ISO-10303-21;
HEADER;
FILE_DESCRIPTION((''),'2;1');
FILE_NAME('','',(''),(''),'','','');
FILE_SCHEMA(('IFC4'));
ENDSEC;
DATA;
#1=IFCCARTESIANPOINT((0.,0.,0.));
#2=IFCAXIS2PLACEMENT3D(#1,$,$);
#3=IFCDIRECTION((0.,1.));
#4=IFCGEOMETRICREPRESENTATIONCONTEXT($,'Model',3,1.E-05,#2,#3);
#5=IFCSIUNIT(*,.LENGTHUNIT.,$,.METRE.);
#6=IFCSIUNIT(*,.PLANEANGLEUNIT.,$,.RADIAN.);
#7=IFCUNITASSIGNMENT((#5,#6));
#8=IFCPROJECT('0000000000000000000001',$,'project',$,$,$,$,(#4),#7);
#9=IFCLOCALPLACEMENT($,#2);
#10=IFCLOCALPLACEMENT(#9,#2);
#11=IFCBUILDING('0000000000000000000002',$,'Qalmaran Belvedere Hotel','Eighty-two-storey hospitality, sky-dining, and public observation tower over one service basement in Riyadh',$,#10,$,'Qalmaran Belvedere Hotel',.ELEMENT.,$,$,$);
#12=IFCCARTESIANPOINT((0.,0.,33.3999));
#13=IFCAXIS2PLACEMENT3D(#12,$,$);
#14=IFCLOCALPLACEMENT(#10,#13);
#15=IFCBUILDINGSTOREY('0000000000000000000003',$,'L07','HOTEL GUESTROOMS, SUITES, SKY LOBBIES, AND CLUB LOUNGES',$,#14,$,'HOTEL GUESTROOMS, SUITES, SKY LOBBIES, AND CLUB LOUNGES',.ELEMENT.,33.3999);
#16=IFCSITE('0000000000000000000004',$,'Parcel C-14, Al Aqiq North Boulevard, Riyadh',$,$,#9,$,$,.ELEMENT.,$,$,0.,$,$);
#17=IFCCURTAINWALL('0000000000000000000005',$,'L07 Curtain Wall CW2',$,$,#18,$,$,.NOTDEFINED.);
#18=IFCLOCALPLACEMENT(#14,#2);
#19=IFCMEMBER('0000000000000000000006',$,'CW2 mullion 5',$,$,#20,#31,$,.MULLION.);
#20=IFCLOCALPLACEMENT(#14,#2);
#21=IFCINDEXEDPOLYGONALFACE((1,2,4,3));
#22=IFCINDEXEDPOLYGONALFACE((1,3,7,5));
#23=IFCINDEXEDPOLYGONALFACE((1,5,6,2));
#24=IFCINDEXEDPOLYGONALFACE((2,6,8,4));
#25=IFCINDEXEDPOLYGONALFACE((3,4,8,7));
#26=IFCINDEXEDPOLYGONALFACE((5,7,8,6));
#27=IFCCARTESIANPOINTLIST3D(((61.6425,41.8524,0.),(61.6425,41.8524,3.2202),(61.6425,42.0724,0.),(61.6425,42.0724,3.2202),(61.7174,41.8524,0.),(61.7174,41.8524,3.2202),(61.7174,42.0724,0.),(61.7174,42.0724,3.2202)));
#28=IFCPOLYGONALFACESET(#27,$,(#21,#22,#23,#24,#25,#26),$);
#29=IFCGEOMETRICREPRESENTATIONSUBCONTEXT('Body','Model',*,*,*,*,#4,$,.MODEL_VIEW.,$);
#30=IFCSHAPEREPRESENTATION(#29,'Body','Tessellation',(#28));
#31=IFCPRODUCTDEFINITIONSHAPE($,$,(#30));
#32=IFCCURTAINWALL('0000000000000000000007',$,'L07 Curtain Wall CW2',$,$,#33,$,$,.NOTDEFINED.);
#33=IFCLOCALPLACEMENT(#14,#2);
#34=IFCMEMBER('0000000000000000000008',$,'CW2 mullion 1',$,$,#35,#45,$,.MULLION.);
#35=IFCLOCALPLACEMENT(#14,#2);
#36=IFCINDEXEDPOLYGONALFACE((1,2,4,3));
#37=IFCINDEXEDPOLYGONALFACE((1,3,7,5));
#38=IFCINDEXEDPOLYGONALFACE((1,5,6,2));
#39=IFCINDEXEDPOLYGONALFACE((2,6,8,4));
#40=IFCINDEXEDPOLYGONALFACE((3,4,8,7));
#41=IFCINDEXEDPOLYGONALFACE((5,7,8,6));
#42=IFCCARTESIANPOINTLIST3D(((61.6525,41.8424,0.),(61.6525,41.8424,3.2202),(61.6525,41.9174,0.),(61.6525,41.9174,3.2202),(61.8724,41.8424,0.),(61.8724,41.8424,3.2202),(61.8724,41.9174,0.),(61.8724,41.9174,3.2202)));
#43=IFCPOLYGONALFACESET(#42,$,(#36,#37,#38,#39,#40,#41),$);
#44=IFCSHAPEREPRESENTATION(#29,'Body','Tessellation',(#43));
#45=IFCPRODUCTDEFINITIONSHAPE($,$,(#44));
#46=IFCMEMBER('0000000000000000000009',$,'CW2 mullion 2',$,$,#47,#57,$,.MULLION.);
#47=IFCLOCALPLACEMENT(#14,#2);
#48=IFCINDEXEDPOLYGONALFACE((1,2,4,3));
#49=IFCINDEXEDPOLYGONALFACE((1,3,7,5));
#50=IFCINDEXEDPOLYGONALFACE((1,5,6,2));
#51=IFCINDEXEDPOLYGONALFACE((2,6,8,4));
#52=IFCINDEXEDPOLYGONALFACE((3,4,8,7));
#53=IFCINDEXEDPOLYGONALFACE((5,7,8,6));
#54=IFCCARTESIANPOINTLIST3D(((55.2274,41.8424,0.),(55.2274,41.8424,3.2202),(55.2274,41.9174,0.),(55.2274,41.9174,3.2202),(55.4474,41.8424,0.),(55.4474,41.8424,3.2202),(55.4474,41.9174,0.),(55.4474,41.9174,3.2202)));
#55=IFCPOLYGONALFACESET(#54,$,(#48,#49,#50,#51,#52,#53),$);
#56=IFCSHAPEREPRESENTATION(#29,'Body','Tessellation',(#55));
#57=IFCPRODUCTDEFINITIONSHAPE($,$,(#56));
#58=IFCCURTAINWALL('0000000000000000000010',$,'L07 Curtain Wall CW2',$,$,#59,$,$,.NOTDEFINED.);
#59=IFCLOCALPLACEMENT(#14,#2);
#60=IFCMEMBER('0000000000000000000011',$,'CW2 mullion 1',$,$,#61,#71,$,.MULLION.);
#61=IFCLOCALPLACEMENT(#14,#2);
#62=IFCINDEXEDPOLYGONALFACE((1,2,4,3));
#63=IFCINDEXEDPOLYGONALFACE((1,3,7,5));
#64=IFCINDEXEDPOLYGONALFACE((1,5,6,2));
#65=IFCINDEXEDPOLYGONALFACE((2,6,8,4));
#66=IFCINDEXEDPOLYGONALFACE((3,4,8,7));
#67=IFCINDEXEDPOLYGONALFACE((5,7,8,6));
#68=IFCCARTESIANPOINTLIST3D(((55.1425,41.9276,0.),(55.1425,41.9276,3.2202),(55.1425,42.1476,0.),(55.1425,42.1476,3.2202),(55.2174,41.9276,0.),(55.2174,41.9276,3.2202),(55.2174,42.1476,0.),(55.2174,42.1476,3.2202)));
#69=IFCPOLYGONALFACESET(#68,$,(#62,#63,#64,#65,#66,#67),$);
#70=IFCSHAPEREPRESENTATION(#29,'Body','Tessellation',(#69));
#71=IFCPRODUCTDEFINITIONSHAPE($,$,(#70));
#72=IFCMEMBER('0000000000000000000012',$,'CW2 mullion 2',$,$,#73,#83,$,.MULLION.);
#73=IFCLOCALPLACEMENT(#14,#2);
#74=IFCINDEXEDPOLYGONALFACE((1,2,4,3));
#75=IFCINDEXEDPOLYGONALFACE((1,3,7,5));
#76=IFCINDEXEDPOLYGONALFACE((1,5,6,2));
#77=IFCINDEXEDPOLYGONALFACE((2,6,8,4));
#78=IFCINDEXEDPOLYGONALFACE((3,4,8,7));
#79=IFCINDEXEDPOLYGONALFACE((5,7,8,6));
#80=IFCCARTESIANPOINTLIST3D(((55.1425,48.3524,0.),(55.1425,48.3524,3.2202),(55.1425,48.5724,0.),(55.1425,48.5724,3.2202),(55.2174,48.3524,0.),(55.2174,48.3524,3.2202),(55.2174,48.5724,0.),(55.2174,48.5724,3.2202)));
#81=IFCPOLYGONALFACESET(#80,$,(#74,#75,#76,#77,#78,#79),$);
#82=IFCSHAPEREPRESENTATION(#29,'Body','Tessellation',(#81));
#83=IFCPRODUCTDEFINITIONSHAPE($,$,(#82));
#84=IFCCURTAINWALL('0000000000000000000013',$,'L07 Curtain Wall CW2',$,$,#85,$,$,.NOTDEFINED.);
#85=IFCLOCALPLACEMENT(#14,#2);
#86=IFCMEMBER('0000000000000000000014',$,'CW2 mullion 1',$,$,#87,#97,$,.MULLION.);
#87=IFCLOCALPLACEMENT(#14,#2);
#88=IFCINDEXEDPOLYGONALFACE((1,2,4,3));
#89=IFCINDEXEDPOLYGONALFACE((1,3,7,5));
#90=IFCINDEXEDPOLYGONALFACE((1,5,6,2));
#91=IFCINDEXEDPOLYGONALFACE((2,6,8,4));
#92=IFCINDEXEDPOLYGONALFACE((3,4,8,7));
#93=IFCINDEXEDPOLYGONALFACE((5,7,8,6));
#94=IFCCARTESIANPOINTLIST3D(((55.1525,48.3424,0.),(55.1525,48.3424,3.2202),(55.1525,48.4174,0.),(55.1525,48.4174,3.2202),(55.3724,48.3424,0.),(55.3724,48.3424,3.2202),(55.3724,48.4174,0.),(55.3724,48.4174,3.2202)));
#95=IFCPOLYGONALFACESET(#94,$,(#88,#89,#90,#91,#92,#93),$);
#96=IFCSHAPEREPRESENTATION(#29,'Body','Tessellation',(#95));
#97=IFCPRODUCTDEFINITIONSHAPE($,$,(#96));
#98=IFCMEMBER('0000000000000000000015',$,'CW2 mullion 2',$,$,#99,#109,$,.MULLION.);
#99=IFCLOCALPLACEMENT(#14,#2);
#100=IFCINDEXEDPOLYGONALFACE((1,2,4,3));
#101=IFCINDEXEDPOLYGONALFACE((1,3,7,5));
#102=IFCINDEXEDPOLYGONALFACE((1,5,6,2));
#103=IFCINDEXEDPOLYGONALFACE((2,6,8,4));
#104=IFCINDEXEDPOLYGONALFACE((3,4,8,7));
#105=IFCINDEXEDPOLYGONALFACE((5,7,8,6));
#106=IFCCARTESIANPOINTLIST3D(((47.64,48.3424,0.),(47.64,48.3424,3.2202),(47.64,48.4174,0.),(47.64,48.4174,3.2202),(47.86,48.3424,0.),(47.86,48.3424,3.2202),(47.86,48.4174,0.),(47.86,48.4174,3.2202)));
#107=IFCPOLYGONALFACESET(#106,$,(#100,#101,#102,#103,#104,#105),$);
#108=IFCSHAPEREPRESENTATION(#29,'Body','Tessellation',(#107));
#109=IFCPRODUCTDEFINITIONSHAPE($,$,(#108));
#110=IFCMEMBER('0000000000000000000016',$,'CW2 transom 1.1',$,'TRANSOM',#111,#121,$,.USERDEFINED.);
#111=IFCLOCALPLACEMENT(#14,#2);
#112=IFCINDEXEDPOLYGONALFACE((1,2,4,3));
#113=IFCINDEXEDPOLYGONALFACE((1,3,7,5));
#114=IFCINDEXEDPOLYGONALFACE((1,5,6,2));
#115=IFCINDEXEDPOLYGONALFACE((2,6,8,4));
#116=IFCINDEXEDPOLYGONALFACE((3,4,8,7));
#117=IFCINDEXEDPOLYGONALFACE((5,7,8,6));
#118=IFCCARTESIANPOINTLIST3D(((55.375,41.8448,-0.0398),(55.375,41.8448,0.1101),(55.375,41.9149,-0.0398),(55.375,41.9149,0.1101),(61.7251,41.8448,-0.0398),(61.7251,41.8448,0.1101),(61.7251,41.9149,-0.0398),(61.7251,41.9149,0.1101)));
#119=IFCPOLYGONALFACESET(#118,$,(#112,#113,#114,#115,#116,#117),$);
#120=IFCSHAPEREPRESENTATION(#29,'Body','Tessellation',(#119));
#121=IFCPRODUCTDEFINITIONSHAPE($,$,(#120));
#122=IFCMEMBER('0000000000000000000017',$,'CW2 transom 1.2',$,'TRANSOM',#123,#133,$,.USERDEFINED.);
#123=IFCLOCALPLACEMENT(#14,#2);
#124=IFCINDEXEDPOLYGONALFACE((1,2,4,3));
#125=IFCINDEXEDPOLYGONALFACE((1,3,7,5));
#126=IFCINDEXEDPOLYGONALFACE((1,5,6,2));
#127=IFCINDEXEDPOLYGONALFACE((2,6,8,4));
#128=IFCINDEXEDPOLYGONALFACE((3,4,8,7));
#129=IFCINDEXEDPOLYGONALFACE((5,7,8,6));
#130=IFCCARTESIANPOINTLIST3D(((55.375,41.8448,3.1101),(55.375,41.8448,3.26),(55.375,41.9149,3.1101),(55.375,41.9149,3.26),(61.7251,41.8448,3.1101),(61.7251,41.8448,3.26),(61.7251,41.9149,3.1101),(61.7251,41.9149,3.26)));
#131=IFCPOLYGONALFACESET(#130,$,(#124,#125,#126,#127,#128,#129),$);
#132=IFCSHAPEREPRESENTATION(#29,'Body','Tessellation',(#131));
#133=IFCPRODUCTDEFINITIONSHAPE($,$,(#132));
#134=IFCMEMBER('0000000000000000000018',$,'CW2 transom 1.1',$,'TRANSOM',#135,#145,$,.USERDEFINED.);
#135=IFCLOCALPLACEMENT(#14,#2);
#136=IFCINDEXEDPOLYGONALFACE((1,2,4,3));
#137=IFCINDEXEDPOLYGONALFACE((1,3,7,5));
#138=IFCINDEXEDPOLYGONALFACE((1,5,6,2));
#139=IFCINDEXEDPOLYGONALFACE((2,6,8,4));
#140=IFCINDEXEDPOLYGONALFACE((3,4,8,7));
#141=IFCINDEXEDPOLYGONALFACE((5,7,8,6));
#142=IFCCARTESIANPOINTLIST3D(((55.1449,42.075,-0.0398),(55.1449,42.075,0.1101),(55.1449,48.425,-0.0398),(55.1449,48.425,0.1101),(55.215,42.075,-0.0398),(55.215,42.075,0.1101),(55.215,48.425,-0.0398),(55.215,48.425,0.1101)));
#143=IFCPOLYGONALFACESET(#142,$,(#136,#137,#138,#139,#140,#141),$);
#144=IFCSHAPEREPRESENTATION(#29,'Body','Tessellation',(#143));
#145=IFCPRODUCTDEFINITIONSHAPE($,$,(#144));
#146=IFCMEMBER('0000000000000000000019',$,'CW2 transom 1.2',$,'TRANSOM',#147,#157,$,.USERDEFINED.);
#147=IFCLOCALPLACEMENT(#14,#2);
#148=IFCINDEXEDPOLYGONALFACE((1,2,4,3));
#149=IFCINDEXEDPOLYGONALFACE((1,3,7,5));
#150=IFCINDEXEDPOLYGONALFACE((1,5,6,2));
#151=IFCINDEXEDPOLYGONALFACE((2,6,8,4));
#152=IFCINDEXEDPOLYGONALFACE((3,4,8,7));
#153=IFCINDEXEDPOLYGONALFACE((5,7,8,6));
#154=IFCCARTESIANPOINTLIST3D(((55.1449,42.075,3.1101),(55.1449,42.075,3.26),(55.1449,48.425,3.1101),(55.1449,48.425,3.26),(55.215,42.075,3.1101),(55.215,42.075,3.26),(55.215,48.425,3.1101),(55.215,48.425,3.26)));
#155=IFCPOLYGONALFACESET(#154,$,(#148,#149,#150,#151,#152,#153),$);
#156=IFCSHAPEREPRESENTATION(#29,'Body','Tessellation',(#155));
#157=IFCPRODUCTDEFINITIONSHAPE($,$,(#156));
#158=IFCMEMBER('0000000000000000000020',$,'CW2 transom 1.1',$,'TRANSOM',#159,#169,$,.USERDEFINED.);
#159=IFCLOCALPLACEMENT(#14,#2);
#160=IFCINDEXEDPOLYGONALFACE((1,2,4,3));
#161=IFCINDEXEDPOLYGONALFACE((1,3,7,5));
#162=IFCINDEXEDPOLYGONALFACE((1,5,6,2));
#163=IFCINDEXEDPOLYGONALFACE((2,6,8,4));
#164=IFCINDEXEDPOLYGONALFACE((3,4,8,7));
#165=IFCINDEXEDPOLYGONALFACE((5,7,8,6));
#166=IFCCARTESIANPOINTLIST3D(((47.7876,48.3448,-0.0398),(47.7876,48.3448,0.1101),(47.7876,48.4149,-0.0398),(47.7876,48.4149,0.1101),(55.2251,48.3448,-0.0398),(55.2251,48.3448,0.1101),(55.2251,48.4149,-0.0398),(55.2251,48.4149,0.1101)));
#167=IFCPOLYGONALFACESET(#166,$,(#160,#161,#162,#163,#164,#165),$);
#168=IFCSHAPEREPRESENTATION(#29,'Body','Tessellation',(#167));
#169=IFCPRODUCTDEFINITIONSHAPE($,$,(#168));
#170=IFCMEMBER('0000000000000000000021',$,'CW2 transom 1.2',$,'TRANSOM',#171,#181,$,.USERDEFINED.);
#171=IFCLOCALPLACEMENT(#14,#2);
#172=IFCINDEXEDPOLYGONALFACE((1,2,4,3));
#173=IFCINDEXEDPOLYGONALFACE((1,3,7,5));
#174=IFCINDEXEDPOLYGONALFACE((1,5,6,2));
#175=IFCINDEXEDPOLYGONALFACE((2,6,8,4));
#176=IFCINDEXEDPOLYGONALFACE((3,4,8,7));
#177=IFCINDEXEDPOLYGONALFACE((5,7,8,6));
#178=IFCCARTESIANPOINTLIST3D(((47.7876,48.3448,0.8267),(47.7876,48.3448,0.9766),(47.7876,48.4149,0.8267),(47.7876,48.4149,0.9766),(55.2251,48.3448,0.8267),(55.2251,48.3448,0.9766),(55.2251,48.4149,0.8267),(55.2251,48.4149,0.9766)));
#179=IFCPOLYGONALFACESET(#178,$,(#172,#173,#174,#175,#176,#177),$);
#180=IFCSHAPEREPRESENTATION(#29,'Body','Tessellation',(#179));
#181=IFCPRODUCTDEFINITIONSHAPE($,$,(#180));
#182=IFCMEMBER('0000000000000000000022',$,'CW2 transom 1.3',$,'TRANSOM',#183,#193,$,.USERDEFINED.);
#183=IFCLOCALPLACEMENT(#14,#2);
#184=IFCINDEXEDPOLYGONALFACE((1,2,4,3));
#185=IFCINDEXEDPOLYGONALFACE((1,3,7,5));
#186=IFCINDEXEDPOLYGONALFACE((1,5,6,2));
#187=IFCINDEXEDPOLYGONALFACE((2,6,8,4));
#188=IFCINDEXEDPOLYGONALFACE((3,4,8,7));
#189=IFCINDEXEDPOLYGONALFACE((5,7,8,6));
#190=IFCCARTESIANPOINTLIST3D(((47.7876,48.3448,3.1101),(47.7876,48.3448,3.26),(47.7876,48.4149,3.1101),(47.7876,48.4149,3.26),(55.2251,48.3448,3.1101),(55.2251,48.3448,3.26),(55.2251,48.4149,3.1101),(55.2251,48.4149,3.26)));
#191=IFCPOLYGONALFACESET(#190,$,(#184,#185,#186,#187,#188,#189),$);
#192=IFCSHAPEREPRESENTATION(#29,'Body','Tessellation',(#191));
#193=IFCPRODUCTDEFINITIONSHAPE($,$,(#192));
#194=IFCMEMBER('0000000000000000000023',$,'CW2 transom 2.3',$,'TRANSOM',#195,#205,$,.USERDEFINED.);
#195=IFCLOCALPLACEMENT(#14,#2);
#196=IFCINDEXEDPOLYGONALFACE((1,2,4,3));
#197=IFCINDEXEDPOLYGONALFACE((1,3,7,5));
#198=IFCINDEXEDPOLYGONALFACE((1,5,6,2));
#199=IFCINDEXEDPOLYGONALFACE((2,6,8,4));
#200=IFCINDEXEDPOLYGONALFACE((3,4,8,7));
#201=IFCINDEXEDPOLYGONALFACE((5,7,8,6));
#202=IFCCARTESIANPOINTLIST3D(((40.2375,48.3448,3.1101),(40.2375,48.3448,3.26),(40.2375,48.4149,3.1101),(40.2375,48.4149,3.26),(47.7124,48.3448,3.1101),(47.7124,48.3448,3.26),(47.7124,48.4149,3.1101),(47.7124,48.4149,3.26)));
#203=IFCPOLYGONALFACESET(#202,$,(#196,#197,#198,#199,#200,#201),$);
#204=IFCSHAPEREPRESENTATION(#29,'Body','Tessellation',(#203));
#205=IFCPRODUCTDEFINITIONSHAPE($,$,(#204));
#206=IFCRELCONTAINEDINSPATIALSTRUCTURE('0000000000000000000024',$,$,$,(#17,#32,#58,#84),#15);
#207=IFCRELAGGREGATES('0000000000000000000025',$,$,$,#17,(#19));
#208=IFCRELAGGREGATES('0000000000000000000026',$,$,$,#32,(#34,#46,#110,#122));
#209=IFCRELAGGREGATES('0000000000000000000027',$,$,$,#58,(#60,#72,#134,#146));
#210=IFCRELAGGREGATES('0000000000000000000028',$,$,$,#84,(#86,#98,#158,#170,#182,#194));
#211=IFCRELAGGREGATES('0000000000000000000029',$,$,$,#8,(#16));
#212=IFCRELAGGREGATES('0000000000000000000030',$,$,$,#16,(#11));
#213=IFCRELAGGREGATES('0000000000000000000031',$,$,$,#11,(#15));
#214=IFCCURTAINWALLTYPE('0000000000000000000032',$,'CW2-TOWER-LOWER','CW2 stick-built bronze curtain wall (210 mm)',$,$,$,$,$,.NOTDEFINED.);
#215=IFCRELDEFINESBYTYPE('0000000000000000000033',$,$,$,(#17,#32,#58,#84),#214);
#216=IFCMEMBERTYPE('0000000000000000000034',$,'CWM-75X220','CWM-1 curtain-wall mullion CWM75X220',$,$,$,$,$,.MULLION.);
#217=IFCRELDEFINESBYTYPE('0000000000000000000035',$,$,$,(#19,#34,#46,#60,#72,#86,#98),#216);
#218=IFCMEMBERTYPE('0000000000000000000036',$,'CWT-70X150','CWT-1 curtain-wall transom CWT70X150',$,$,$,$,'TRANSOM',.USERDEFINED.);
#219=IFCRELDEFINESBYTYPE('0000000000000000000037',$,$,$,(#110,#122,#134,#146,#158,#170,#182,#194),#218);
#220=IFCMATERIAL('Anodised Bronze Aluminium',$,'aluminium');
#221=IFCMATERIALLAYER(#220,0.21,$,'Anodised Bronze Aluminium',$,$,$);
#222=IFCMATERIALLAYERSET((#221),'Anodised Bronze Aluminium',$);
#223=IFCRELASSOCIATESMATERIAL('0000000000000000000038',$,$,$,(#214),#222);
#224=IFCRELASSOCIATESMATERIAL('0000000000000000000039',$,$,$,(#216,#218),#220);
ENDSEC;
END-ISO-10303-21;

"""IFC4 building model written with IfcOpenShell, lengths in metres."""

from ifc_helpers import new_model, si_unit, direction, frame, origin, origin_2d, place, context, subcontext, project, spatial, rectangle, extrude, material, layer, layer_set, material_profile, profile_set, type_object, element, aggregate, save


model = new_model("IFC4")

# Units and contexts
model_context = context("Model", 3, precision=1e-05, world=origin(), true_north=direction((0.0, 1.0)))
body_context = subcontext(model_context, "Body", "Model", "MODEL_VIEW")
ifc_project = project(units=[si_unit("LENGTHUNIT", "METRE"), si_unit("PLANEANGLEUNIT", "RADIAN")], contexts=[model_context])

# Site, building, storey
site_placement = place(None, origin())
site = spatial("IfcSite", under=ifc_project, at=site_placement, Name="Parcel C-14, Al Aqiq North Boulevard, Riyadh", CompositionType="ELEMENT", RefElevation=0.0)
building_placement = place(site_placement, origin())
building = spatial("IfcBuilding", under=site, at=building_placement, Name="Qalmaran Belvedere Hotel", Description="Eighty-two-storey hospitality, sky-dining, and public observation tower over one service basement in Riyadh", LongName="Qalmaran Belvedere Hotel", CompositionType="ELEMENT")
storey_placement = place(building_placement, frame((0.0, 0.0, 33.3999)))
storey = spatial("IfcBuildingStorey", under=building, at=storey_placement, Name="L07", Description="HOTEL GUESTROOMS, SUITES, SKY LOBBIES, AND CLUB LOUNGES", LongName="HOTEL GUESTROOMS, SUITES, SKY LOBBIES, AND CLUB LOUNGES", CompositionType="ELEMENT", Elevation=33.3999)

# Curtain wall, member
ifc_material_1 = material(Name="Anodised Bronze Aluminium", Category="aluminium")
ifc_layer_1 = layer(ifc_material_1, 0.21, Name="Anodised Bronze Aluminium")
ifc_layer_set_1 = layer_set([ifc_layer_1], Name="Anodised Bronze Aluminium")
curtain_wall_type = type_object("IfcCurtainWallType", Name="CW2-TOWER-LOWER", Description="CW2 stick-built bronze curtain wall (210 mm)", PredefinedType="NOTDEFINED", material=ifc_layer_set_1)
curtain_wall_1_placement = place(storey_placement, origin())
curtain_wall_1 = element("IfcCurtainWall", 1, at=curtain_wall_1_placement, inside=storey, type_object=curtain_wall_type, Name="L07 Curtain Wall CW2", PredefinedType="NOTDEFINED")
ifc_material_profile_1 = material_profile(ifc_material_1, rectangle(XDim=0.075, YDim=0.22, at=origin_2d()), Name="CWM75X220")
ifc_profile_set_1 = profile_set([ifc_material_profile_1], Name="Anodised Bronze Aluminium")
member_type_1 = type_object("IfcMemberType", Name="CWM-75X220", Description="CWM-1 curtain-wall mullion CWM75X220", PredefinedType="MULLION", material=ifc_profile_set_1)
member_1_placement = place(storey_placement, frame((61.6799, 41.9624, 0.0), z_axis=(0.0, 0.0, 1.0), x_axis=(-1.0, 0.0, 0.0)))
member_1 = element("IfcMember", 2, at=member_1_placement, type_object=member_type_1, Name="CW2 mullion 5", PredefinedType="MULLION", context=body_context, shape_type="SweptSolid", body=[
    extrude(rectangle(XDim=0.075, YDim=0.22, at=origin_2d()), origin(), (0.0, 0.0, 1.0), 3.2202),
])

# Curtain walls, members
curtain_wall_2_placement = place(storey_placement, origin())
curtain_wall_2 = element("IfcCurtainWall", 3, at=curtain_wall_2_placement, inside=storey, type_object=curtain_wall_type, Name="L07 Curtain Wall CW2", PredefinedType="NOTDEFINED")
member_2_placement = place(storey_placement, frame((61.7625, 41.8799, 0.0), z_axis=(0.0, 0.0, 1.0), x_axis=(0.0, -1.0, 0.0)))
member_2 = element("IfcMember", 4, at=member_2_placement, type_object=member_type_1, Name="CW2 mullion 1", PredefinedType="MULLION", context=body_context, shape_type="SweptSolid", body=[
    extrude(rectangle(XDim=0.075, YDim=0.22, at=origin_2d()), origin(), (0.0, 0.0, 1.0), 3.2202),
])
member_3_placement = place(storey_placement, frame((55.3374, 41.8799, 0.0), z_axis=(0.0, 0.0, 1.0), x_axis=(0.0, -1.0, 0.0)))
member_3 = element("IfcMember", 5, at=member_3_placement, type_object=member_type_1, Name="CW2 mullion 2", PredefinedType="MULLION", context=body_context, shape_type="SweptSolid", body=[
    extrude(rectangle(XDim=0.075, YDim=0.22, at=origin_2d()), origin(), (0.0, 0.0, 1.0), 3.2202),
])
curtain_wall_3_placement = place(storey_placement, origin())
curtain_wall_3 = element("IfcCurtainWall", 6, at=curtain_wall_3_placement, inside=storey, type_object=curtain_wall_type, Name="L07 Curtain Wall CW2", PredefinedType="NOTDEFINED")
member_4_placement = place(storey_placement, frame((55.1799, 42.0376, 0.0), z_axis=(0.0, 0.0, 1.0), x_axis=(-1.0, 0.0, 0.0)))
member_4 = element("IfcMember", 7, at=member_4_placement, type_object=member_type_1, Name="CW2 mullion 1", PredefinedType="MULLION", context=body_context, shape_type="SweptSolid", body=[
    extrude(rectangle(XDim=0.075, YDim=0.22, at=origin_2d()), origin(), (0.0, 0.0, 1.0), 3.2202),
])
member_5_placement = place(storey_placement, frame((55.1799, 48.4624, 0.0), z_axis=(0.0, 0.0, 1.0), x_axis=(-1.0, 0.0, 0.0)))
member_5 = element("IfcMember", 8, at=member_5_placement, type_object=member_type_1, Name="CW2 mullion 2", PredefinedType="MULLION", context=body_context, shape_type="SweptSolid", body=[
    extrude(rectangle(XDim=0.075, YDim=0.22, at=origin_2d()), origin(), (0.0, 0.0, 1.0), 3.2202),
])
curtain_wall_4_placement = place(storey_placement, origin())
curtain_wall_4 = element("IfcCurtainWall", 9, at=curtain_wall_4_placement, inside=storey, type_object=curtain_wall_type, Name="L07 Curtain Wall CW2", PredefinedType="NOTDEFINED")
member_6_placement = place(storey_placement, frame((55.2625, 48.3799, 0.0), z_axis=(0.0, 0.0, 1.0), x_axis=(0.0, -1.0, 0.0)))
member_6 = element("IfcMember", 10, at=member_6_placement, type_object=member_type_1, Name="CW2 mullion 1", PredefinedType="MULLION", context=body_context, shape_type="SweptSolid", body=[
    extrude(rectangle(XDim=0.075, YDim=0.22, at=origin_2d()), origin(), (0.0, 0.0, 1.0), 3.2202),
])
member_7_placement = place(storey_placement, frame((47.75, 48.3799, 0.0), z_axis=(0.0, 0.0, 1.0), x_axis=(0.0, -1.0, 0.0)))
member_7 = element("IfcMember", 11, at=member_7_placement, type_object=member_type_1, Name="CW2 mullion 2", PredefinedType="MULLION", context=body_context, shape_type="SweptSolid", body=[
    extrude(rectangle(XDim=0.075, YDim=0.22, at=origin_2d()), origin(), (0.0, 0.0, 1.0), 3.2202),
])

# Members
ifc_material_profile_2 = material_profile(ifc_material_1, rectangle(XDim=0.0701, YDim=0.1499, at=origin_2d()), Name="CWT70X150")
ifc_profile_set_2 = profile_set([ifc_material_profile_2], Name="Anodised Bronze Aluminium")
member_type_2 = type_object("IfcMemberType", Name="CWT-70X150", Description="CWT-1 curtain-wall transom CWT70X150", ElementType="TRANSOM", PredefinedType="USERDEFINED", material=ifc_profile_set_2)
member_8_placement = place(storey_placement, frame((61.7251, 41.8799, 0.0352), z_axis=(-1.0, 0.0, 0.0), x_axis=(0.0, -1.0, 0.0)))
member_8 = element("IfcMember", 12, at=member_8_placement, type_object=member_type_2, Name="CW2 transom 1.1", ObjectType="TRANSOM", PredefinedType="USERDEFINED", context=body_context, shape_type="SweptSolid", body=[
    extrude(rectangle(XDim=0.0701, YDim=0.1499, at=origin_2d()), origin(), (0.0, 0.0, 1.0), 6.3501),
])
member_9_placement = place(storey_placement, frame((61.7251, 41.8799, 3.1851), z_axis=(-1.0, 0.0, 0.0), x_axis=(0.0, -1.0, 0.0)))
member_9 = element("IfcMember", 13, at=member_9_placement, type_object=member_type_2, Name="CW2 transom 1.2", ObjectType="TRANSOM", PredefinedType="USERDEFINED", context=body_context, shape_type="SweptSolid", body=[
    extrude(rectangle(XDim=0.0701, YDim=0.1499, at=origin_2d()), origin(), (0.0, 0.0, 1.0), 6.3501),
])
member_10_placement = place(storey_placement, frame((55.1799, 42.075, 0.0352), z_axis=(0.0, 1.0, 0.0), x_axis=(-1.0, 0.0, 0.0)))
member_10 = element("IfcMember", 14, at=member_10_placement, type_object=member_type_2, Name="CW2 transom 1.1", ObjectType="TRANSOM", PredefinedType="USERDEFINED", context=body_context, shape_type="SweptSolid", body=[
    extrude(rectangle(XDim=0.0701, YDim=0.1499, at=origin_2d()), origin(), (0.0, 0.0, 1.0), 6.3501),
])
member_11_placement = place(storey_placement, frame((55.1799, 42.075, 3.1851), z_axis=(0.0, 1.0, 0.0), x_axis=(-1.0, 0.0, 0.0)))
member_11 = element("IfcMember", 15, at=member_11_placement, type_object=member_type_2, Name="CW2 transom 1.2", ObjectType="TRANSOM", PredefinedType="USERDEFINED", context=body_context, shape_type="SweptSolid", body=[
    extrude(rectangle(XDim=0.0701, YDim=0.1499, at=origin_2d()), origin(), (0.0, 0.0, 1.0), 6.3501),
])
member_12_placement = place(storey_placement, frame((55.2251, 48.3799, 0.0352), z_axis=(-1.0, 0.0, 0.0), x_axis=(0.0, -1.0, 0.0)))
member_12 = element("IfcMember", 16, at=member_12_placement, type_object=member_type_2, Name="CW2 transom 1.1", ObjectType="TRANSOM", PredefinedType="USERDEFINED", context=body_context, shape_type="SweptSolid", body=[
    extrude(rectangle(XDim=0.0701, YDim=0.1499, at=origin_2d()), origin(), (0.0, 0.0, 1.0), 7.4375),
])
member_13_placement = place(storey_placement, frame((55.2251, 48.3799, 0.9016), z_axis=(-1.0, 0.0, 0.0), x_axis=(0.0, -1.0, 0.0)))
member_13 = element("IfcMember", 17, at=member_13_placement, type_object=member_type_2, Name="CW2 transom 1.2", ObjectType="TRANSOM", PredefinedType="USERDEFINED", context=body_context, shape_type="SweptSolid", body=[
    extrude(rectangle(XDim=0.0701, YDim=0.1499, at=origin_2d()), origin(), (0.0, 0.0, 1.0), 7.4375),
])
member_14_placement = place(storey_placement, frame((55.2251, 48.3799, 3.1851), z_axis=(-1.0, 0.0, 0.0), x_axis=(0.0, -1.0, 0.0)))
member_14 = element("IfcMember", 18, at=member_14_placement, type_object=member_type_2, Name="CW2 transom 1.3", ObjectType="TRANSOM", PredefinedType="USERDEFINED", context=body_context, shape_type="SweptSolid", body=[
    extrude(rectangle(XDim=0.0701, YDim=0.1499, at=origin_2d()), origin(), (0.0, 0.0, 1.0), 7.4375),
])
member_15_placement = place(storey_placement, frame((47.7124, 48.3799, 3.1851), z_axis=(-1.0, 0.0, 0.0), x_axis=(0.0, -1.0, 0.0)))
member_15 = element("IfcMember", 19, at=member_15_placement, type_object=member_type_2, Name="CW2 transom 2.3", ObjectType="TRANSOM", PredefinedType="USERDEFINED", context=body_context, shape_type="SweptSolid", body=[
    extrude(rectangle(XDim=0.0701, YDim=0.1499, at=origin_2d()), origin(), (0.0, 0.0, 1.0), 7.4749),
])

aggregate(curtain_wall_1, [member_1])
aggregate(curtain_wall_2, [member_2, member_3, member_8, member_9])
aggregate(curtain_wall_3, [member_4, member_5, member_10, member_11])
aggregate(curtain_wall_4, [member_6, member_7, member_12, member_13, member_14, member_15])

save(model, "model.ifc")
